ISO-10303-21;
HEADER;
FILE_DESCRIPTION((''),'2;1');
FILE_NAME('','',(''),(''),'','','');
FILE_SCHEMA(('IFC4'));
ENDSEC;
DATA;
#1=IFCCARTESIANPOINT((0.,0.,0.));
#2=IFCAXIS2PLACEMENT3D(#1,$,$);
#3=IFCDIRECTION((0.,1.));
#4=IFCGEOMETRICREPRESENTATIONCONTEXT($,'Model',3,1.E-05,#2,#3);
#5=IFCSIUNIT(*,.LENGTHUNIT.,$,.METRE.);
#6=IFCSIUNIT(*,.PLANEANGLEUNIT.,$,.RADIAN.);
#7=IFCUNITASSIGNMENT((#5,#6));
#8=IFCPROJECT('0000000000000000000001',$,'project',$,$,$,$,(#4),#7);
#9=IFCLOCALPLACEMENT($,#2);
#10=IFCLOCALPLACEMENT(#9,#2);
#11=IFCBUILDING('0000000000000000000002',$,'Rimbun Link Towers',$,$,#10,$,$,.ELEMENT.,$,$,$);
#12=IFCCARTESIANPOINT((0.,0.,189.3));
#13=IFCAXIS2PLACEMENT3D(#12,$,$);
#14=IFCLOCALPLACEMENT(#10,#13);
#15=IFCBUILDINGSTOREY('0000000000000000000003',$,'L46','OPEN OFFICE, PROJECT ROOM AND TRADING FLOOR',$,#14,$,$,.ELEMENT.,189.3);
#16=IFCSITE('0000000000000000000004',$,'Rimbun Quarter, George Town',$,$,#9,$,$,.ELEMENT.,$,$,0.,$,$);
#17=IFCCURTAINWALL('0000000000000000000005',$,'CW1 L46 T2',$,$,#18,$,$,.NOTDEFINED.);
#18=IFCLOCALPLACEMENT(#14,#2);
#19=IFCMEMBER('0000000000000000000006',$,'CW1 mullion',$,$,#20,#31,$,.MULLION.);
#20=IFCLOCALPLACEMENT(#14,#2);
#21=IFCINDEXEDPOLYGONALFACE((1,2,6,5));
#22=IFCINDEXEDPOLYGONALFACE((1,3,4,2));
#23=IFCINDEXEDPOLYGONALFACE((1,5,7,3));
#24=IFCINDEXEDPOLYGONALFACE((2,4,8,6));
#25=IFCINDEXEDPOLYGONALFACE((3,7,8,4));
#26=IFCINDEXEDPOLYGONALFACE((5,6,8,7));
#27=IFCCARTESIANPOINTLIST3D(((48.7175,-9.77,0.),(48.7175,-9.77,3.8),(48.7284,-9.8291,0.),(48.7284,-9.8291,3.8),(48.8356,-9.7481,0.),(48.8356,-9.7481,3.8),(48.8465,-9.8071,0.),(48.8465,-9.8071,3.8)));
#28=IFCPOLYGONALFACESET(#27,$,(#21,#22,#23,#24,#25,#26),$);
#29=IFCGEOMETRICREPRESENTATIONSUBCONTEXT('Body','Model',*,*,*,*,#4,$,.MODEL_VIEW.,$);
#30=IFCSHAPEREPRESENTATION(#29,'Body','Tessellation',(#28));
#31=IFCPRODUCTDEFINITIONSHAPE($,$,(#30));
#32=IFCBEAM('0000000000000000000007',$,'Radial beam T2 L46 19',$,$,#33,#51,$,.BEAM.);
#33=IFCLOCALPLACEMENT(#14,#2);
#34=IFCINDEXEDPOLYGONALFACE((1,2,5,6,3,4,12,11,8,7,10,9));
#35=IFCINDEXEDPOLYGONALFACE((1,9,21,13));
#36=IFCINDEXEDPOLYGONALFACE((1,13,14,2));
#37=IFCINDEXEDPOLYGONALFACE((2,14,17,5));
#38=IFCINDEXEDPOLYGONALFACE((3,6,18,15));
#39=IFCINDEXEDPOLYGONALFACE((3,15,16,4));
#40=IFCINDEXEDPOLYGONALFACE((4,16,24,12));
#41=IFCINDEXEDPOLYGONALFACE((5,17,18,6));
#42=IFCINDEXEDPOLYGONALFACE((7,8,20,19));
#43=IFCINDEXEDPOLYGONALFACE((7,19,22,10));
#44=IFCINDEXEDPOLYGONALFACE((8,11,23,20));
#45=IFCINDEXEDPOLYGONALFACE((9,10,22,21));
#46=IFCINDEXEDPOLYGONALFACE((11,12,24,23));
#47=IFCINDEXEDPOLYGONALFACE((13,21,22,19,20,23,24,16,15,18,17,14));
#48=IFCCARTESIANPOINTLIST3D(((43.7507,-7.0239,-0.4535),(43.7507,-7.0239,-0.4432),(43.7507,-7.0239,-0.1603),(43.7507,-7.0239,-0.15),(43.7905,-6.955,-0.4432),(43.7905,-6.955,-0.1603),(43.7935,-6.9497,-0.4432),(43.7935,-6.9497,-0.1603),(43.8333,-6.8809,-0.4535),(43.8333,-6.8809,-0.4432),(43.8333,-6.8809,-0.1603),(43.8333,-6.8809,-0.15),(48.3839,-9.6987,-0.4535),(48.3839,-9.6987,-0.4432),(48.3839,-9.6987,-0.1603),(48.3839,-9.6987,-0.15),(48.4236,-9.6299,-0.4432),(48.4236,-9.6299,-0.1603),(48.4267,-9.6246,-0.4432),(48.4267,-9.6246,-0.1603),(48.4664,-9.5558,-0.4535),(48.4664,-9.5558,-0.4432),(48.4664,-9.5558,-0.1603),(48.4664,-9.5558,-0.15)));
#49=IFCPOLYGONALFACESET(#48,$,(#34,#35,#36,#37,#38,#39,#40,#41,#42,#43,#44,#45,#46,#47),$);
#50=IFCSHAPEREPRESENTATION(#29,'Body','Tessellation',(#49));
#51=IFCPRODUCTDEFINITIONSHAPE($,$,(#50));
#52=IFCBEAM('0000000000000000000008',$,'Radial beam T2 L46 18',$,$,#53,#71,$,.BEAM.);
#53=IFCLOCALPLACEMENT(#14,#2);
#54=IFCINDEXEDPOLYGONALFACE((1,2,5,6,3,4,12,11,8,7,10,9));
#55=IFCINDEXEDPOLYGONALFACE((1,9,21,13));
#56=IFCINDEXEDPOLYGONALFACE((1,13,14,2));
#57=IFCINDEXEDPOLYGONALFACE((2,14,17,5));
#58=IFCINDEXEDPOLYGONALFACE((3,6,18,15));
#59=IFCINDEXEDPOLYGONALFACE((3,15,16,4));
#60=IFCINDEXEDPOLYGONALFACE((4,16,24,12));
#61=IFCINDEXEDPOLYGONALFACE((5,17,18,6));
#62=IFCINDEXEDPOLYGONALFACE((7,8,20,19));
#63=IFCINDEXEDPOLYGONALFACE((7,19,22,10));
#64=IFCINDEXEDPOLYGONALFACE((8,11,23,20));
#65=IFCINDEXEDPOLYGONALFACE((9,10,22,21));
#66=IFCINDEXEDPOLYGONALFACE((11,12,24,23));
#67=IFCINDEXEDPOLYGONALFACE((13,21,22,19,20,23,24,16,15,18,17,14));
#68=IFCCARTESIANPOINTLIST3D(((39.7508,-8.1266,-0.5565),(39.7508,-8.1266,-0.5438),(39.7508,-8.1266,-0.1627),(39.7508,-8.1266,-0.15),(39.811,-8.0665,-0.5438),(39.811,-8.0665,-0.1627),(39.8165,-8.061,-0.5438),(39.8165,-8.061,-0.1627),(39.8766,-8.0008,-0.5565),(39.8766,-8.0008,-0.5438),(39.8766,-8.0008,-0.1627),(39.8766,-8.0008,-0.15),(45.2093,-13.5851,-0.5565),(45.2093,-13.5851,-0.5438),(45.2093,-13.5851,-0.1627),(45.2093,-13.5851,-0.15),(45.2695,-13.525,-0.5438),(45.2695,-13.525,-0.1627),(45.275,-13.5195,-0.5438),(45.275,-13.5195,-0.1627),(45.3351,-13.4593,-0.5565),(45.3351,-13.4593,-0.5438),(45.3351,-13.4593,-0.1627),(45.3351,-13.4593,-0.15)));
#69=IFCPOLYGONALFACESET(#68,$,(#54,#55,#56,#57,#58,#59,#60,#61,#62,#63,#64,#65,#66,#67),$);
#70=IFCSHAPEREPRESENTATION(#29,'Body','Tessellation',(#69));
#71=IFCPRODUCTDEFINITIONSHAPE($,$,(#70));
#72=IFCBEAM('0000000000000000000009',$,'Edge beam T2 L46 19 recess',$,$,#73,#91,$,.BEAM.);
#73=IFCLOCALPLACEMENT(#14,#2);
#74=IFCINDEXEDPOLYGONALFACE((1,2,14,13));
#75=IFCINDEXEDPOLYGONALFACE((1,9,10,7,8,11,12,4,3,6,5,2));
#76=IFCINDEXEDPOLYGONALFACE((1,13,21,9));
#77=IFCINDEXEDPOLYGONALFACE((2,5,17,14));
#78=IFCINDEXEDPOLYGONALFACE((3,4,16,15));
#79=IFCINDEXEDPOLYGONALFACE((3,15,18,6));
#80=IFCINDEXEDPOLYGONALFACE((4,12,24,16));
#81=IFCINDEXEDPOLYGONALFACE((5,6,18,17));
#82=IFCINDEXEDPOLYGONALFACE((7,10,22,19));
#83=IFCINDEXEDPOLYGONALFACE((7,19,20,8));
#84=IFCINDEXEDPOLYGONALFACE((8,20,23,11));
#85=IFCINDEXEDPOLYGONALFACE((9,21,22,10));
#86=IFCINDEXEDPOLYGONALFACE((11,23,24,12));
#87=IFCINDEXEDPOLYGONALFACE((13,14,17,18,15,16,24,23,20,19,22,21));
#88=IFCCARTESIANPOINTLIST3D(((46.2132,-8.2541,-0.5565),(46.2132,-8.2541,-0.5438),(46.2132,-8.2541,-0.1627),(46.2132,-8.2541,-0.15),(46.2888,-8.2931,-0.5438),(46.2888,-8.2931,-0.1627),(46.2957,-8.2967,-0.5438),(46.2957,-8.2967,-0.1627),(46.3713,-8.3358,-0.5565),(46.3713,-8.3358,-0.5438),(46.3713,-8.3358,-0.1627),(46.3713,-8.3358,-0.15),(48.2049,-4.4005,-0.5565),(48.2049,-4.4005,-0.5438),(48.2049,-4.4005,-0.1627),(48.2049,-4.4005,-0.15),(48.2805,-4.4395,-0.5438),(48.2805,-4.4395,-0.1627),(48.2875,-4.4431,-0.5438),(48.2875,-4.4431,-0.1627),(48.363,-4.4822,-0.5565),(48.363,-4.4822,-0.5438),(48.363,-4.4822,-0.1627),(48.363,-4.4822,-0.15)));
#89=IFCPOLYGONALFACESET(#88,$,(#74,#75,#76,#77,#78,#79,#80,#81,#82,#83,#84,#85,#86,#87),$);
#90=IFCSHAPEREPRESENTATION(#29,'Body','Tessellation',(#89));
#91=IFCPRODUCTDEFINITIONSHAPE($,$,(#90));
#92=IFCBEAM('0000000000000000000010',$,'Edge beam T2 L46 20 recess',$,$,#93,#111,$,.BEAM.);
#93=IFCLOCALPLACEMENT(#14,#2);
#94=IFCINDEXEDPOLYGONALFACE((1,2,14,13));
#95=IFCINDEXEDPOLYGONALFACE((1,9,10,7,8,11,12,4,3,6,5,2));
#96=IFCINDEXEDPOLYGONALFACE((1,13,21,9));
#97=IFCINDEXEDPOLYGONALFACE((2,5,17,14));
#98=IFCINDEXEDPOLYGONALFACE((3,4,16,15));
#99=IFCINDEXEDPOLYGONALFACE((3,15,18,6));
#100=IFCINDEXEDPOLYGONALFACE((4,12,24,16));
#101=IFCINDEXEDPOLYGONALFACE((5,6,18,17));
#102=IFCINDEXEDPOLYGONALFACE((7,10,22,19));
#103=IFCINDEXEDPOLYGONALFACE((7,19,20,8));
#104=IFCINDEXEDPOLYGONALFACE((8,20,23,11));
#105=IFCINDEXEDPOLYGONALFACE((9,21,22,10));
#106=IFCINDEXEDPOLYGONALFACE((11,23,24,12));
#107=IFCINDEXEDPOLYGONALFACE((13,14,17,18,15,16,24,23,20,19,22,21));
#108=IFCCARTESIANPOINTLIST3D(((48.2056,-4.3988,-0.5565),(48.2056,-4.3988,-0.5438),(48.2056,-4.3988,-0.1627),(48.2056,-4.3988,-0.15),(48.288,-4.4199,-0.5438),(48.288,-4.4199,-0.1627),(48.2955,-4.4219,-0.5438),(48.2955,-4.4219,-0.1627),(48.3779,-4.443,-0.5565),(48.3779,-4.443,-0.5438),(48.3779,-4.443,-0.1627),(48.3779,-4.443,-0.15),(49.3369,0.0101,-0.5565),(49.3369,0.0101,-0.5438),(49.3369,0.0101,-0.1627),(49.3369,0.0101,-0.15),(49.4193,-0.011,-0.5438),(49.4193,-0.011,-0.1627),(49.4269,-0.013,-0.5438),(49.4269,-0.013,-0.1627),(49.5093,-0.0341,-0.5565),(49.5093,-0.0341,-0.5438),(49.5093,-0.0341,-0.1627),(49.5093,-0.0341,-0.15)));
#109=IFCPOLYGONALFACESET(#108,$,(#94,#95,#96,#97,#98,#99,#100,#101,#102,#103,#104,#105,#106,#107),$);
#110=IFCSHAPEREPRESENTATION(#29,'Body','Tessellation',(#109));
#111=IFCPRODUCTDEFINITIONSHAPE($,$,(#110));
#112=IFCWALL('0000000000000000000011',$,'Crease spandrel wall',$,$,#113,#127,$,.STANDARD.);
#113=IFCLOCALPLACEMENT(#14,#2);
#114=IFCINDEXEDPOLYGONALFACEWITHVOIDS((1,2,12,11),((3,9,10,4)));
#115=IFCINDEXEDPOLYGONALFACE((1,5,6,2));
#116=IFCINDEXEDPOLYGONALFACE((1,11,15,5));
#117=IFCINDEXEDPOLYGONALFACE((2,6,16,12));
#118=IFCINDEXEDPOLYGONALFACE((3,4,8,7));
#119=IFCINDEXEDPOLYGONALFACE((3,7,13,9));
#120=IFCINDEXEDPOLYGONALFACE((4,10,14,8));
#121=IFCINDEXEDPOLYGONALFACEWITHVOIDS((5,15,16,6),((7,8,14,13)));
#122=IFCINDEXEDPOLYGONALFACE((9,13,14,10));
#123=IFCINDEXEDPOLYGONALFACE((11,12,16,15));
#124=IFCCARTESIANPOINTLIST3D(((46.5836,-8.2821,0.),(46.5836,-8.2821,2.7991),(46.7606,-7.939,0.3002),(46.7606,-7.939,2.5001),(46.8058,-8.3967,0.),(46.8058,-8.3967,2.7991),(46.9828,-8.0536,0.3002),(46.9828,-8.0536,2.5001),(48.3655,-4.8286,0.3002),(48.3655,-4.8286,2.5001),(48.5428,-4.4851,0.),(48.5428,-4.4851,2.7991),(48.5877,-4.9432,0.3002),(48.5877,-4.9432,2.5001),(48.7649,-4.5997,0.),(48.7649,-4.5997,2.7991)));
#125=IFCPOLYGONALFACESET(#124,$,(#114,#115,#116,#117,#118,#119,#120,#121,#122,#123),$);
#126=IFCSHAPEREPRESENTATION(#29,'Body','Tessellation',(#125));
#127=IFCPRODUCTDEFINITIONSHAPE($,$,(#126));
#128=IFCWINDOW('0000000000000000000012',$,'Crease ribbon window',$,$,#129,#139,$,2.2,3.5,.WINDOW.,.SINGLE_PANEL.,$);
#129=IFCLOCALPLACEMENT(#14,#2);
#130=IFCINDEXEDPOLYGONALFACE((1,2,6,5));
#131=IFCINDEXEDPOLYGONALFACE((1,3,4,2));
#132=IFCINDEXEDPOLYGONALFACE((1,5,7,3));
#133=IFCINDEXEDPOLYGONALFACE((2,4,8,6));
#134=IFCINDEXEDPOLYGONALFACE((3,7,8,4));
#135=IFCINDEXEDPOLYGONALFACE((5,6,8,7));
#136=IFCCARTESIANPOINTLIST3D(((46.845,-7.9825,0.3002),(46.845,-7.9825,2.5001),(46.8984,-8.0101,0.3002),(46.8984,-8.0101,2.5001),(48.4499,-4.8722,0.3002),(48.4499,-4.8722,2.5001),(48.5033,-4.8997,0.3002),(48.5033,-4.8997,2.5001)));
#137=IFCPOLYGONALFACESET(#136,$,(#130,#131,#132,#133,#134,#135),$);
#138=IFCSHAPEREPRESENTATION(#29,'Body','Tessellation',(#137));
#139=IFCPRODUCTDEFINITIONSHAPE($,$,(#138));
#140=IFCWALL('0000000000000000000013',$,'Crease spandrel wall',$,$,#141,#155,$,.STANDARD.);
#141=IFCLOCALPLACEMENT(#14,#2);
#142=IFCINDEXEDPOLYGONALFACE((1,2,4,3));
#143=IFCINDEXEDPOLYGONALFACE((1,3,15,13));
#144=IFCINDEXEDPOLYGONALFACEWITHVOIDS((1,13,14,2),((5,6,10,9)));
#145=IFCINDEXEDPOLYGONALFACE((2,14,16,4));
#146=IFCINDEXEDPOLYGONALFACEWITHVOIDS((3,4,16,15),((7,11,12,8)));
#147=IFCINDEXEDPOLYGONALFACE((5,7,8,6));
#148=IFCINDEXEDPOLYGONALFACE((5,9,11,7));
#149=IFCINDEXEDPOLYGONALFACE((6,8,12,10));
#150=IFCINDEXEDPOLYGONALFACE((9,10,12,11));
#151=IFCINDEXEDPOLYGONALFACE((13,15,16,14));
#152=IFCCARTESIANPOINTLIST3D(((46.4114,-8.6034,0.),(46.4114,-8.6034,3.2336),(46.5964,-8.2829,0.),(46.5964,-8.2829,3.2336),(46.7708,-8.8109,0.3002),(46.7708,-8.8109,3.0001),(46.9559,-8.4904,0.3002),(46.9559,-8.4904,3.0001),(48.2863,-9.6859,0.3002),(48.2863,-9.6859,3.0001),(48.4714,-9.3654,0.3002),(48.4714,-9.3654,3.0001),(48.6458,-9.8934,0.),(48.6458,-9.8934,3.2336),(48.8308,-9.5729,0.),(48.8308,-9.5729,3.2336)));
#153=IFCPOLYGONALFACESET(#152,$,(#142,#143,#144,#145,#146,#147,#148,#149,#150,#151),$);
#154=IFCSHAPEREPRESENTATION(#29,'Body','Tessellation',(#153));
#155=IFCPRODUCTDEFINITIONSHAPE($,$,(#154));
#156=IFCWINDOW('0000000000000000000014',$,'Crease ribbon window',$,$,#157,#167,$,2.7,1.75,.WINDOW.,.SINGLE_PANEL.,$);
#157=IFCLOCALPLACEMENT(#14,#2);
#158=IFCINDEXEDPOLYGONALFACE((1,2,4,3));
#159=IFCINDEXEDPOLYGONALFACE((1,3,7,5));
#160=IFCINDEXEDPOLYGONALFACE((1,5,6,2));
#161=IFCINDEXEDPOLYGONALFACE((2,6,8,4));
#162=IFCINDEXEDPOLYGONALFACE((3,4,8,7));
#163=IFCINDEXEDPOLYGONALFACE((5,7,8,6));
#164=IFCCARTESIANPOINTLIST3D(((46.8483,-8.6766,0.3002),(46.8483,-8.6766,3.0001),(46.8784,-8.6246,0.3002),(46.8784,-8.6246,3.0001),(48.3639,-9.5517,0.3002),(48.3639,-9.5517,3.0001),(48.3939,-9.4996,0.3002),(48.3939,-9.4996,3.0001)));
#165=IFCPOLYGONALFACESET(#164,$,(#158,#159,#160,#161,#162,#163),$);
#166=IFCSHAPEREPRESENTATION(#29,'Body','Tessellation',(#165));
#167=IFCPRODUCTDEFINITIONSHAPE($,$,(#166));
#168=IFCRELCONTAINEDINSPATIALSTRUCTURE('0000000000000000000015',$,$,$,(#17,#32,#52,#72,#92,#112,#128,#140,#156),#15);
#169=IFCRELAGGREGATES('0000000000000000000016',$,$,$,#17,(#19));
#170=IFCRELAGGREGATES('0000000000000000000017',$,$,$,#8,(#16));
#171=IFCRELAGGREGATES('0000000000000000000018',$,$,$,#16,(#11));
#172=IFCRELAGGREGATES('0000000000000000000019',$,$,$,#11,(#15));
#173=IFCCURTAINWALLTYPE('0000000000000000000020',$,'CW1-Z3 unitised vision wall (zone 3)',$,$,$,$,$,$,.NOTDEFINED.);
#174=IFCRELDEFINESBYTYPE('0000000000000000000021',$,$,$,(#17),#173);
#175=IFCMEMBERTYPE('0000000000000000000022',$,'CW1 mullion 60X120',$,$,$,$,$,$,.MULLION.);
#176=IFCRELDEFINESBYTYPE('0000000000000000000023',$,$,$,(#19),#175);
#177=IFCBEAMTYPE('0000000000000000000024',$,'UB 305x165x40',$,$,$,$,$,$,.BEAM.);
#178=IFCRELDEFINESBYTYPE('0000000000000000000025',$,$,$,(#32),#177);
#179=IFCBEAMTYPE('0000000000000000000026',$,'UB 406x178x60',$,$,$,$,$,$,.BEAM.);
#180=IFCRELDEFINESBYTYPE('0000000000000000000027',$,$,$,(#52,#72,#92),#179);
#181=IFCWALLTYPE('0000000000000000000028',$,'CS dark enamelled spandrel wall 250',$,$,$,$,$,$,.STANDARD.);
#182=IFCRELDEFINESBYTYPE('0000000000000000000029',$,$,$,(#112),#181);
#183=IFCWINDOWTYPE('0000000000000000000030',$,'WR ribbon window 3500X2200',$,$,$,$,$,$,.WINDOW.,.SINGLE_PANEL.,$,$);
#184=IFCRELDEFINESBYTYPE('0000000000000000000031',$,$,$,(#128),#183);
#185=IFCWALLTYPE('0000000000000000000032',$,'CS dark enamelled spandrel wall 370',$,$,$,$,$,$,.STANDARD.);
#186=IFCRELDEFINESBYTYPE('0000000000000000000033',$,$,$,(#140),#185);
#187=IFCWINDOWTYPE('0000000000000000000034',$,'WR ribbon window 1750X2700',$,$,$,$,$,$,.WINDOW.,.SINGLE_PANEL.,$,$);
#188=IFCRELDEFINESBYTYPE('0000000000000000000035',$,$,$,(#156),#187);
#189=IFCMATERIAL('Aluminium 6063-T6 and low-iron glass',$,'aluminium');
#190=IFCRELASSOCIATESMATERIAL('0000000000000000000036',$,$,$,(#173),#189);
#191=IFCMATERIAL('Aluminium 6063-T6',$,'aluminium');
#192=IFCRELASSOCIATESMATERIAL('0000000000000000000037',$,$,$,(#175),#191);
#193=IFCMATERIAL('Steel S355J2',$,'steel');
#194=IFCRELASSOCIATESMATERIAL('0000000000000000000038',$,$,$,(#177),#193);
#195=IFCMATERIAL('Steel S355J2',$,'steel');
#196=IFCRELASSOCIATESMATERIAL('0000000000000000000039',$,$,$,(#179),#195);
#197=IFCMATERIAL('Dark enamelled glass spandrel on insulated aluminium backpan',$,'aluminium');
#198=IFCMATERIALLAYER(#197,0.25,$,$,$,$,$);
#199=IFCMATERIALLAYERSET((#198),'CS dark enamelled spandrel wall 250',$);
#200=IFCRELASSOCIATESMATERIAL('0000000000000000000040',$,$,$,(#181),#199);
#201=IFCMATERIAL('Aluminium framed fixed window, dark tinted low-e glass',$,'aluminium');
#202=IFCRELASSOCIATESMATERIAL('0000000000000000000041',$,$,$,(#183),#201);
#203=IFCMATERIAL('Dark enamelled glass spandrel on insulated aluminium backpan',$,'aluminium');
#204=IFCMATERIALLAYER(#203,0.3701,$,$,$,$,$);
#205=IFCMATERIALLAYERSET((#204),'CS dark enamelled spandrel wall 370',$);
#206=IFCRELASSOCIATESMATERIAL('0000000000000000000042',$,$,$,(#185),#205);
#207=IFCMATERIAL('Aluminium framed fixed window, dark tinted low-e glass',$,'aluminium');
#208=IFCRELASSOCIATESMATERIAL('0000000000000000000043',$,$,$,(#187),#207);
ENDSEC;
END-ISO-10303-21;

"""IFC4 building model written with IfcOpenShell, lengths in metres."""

from ifc_helpers import new_model, si_unit, direction, frame, frame_2d, origin, origin_2d, place, context, subcontext, project, spatial, rectangle, i_section, extrude, material, layer, layer_set, material_profile, profile_set, type_object, element, fill, aggregate, save


model = new_model("IFC4")

# Units and contexts
model_context = context("Model", 3, precision=1e-05, world=origin(), true_north=direction((0.0, 1.0)))
body_context = subcontext(model_context, "Body", "Model", "MODEL_VIEW")
ifc_project = project(units=[si_unit("LENGTHUNIT", "METRE"), si_unit("PLANEANGLEUNIT", "RADIAN")], contexts=[model_context])

# Site, building, storey
site_placement = place(None, origin())
site = spatial("IfcSite", under=ifc_project, at=site_placement, Name="Rimbun Quarter, George Town", CompositionType="ELEMENT", RefElevation=0.0)
building_placement = place(site_placement, origin())
building = spatial("IfcBuilding", under=site, at=building_placement, Name="Rimbun Link Towers", CompositionType="ELEMENT")
storey_placement = place(building_placement, frame((0.0, 0.0, 189.3)))
storey = spatial("IfcBuildingStorey", under=building, at=storey_placement, Name="L46", Description="OPEN OFFICE, PROJECT ROOM AND TRADING FLOOR", CompositionType="ELEMENT", Elevation=189.3)

# Curtain wall, member
ifc_material_1 = material(Name="Aluminium 6063-T6 and low-iron glass", Category="aluminium")
curtain_wall_type = type_object("IfcCurtainWallType", Name="CW1-Z3 unitised vision wall (zone 3)", PredefinedType="NOTDEFINED", material=ifc_material_1)
curtain_wall_placement = place(storey_placement, origin())
curtain_wall = element("IfcCurtainWall", 1, at=curtain_wall_placement, inside=storey, type_object=curtain_wall_type, Name="CW1 L46 T2", PredefinedType="NOTDEFINED")
ifc_material_2 = material(Name="Aluminium 6063-T6", Category="aluminium")
ifc_material_profile_1 = material_profile(ifc_material_2, rectangle(XDim=0.1201, YDim=0.0601, at=origin_2d()), Name="MULLION 60X120")
ifc_profile_set_1 = profile_set([ifc_material_profile_1], Name="Aluminium 6063-T6")
member_type = type_object("IfcMemberType", Name="CW1 mullion 60X120", PredefinedType="MULLION", material=ifc_profile_set_1)
member_placement = place(storey_placement, frame((48.782, -9.7886, 0.0), z_axis=(0.0, 0.0, 1.0), x_axis=(0.983236, 0.182339, 0.0)))
member = element("IfcMember", 2, at=member_placement, type_object=member_type, Name="CW1 mullion", PredefinedType="MULLION", context=body_context, shape_type="SweptSolid", body=[
    extrude(rectangle(XDim=0.1201, YDim=0.0601, at=origin_2d()), origin(), (0.0, 0.0, 1.0), 3.8),
])
aggregate(curtain_wall, [member])

# Beams
ifc_material_3 = material(Name="Steel S355J2", Category="steel")
ifc_material_profile_2 = material_profile(ifc_material_3, i_section(OverallWidth=0.165, OverallDepth=0.3035, WebThickness=0.0061, FlangeThickness=0.0103, at=origin_2d()), Name="UB 305x165x40")
ifc_profile_set_2 = profile_set([ifc_material_profile_2], Name="Steel S355J2")
beam_type_1 = type_object("IfcBeamType", Name="UB 305x165x40", PredefinedType="BEAM", material=ifc_profile_set_2)
beam_1_placement = place(storey_placement, frame((43.792, -6.9524, -0.3018), z_axis=(0.866033, -0.499987, 0.0), x_axis=(0.499987, 0.866033, 0.0)))
element("IfcBeam", 3, at=beam_1_placement, inside=storey, type_object=beam_type_1, Name="Radial beam T2 L46 19", PredefinedType="BEAM", context=body_context, shape_type="SweptSolid", body=[
    extrude(i_section(OverallWidth=0.165, OverallDepth=0.3035, WebThickness=0.0061, FlangeThickness=0.0103, at=origin_2d()), origin(), (0.0, 0.0, 1.0), 5.3499),
])
ifc_material_4 = material(Name="Steel S355J2", Category="steel")
ifc_material_profile_3 = material_profile(ifc_material_4, i_section(OverallWidth=0.178, OverallDepth=0.4065, WebThickness=0.0078, FlangeThickness=0.0127, at=origin_2d()), Name="UB 406x178x60")
ifc_profile_set_3 = profile_set([ifc_material_profile_3], Name="Steel S355J2")
beam_type_2 = type_object("IfcBeamType", Name="UB 406x178x60", PredefinedType="BEAM", material=ifc_profile_set_3)
beam_2_placement = place(storey_placement, frame((39.8137, -8.0637, -0.3533), z_axis=(0.707107, -0.707107, 0.0), x_axis=(0.707107, 0.707107, 0.0)))
element("IfcBeam", 4, at=beam_2_placement, inside=storey, type_object=beam_type_2, Name="Radial beam T2 L46 18", PredefinedType="BEAM", context=body_context, shape_type="SweptSolid", body=[
    extrude(i_section(OverallWidth=0.178, OverallDepth=0.4065, WebThickness=0.0078, FlangeThickness=0.0127, at=origin_2d()), origin(), (0.0, 0.0, 1.0), 7.7195),
])
beam_3_placement = place(storey_placement, frame((46.2922, -8.2949, -0.3533), z_axis=(0.45915, 0.888359, 0.0), x_axis=(-0.888359, 0.45915, 0.0)))
element("IfcBeam", 5, at=beam_3_placement, inside=storey, type_object=beam_type_2, Name="Edge beam T2 L46 19 recess", PredefinedType="BEAM", context=body_context, shape_type="SweptSolid", body=[
    extrude(i_section(OverallWidth=0.178, OverallDepth=0.4065, WebThickness=0.0078, FlangeThickness=0.0127, at=origin_2d()), origin(), (0.0, 0.0, 1.0), 4.3379),
])
beam_4_placement = place(storey_placement, frame((48.2917, -4.4209, -0.3533), z_axis=(0.248551, 0.968619, 0.0), x_axis=(-0.968619, 0.248551, 0.0)))
element("IfcBeam", 6, at=beam_4_placement, inside=storey, type_object=beam_type_2, Name="Edge beam T2 L46 20 recess", PredefinedType="BEAM", context=body_context, shape_type="SweptSolid", body=[
    extrude(i_section(OverallWidth=0.178, OverallDepth=0.4065, WebThickness=0.0078, FlangeThickness=0.0127, at=origin_2d()), origin(), (0.0, 0.0, 1.0), 4.5518),
])

# Walls, openings, windows
ifc_material_5 = material(Name="Dark enamelled glass spandrel on insulated aluminium backpan", Category="aluminium")
ifc_layer_1 = layer(ifc_material_5, 0.25)
ifc_layer_set_1 = layer_set([ifc_layer_1], Name="CS dark enamelled spandrel wall 250")
wall_type_1 = type_object("IfcWallType", Name="CS dark enamelled spandrel wall 250", PredefinedType="STANDARD", material=ifc_layer_set_1)
wall_1_placement = place(storey_placement, frame((48.6538, -4.5425, 0.0), z_axis=(0.0, 0.0, 1.0), x_axis=(-0.458537, -0.888675, 0.0)))
wall_1 = element("IfcWall", 7, at=wall_1_placement, inside=storey, type_object=wall_type_1, Name="Crease spandrel wall", PredefinedType="STANDARD", context=body_context, shape_type="SweptSolid", body=[
    extrude(rectangle(XDim=4.2727, YDim=0.25, at=frame_2d((2.1362, 0.0))), origin(), (0.0, 0.0, 1.0), 2.7991),
])
opening_1_placement = place(wall_1_placement, frame((0.3865, 0.0, 0.3)))
opening_1 = element("IfcOpeningElement", 8, at=opening_1_placement, cuts=wall_1, PredefinedType="OPENING", context=body_context, shape_type="SweptSolid", body=[
    extrude(rectangle(XDim=3.5, YDim=2.2, at=frame_2d((1.75, 1.1001))), frame((0.0, 0.135, 0.0), z_axis=(0.0, -1.0, 0.0), x_axis=(1.0, 0.0, 0.0)), (0.0, 0.0, 1.0), 0.27),
])
ifc_material_6 = material(Name="Aluminium framed fixed window, dark tinted low-e glass", Category="aluminium")
window_type_1 = type_object("IfcWindowType", Name="WR ribbon window 3500X2200", PartitioningType="SINGLE_PANEL", PredefinedType="WINDOW", material=ifc_material_6)
window_1_placement = place(opening_1_placement, origin())
window_1 = element("IfcWindow", 9, at=window_1_placement, inside=storey, type_object=window_type_1, Name="Crease ribbon window", OverallHeight=2.2, OverallWidth=3.5, PartitioningType="SINGLE_PANEL", PredefinedType="WINDOW", context=body_context, shape_type="SweptSolid", body=[
    extrude(rectangle(XDim=3.5, YDim=2.2, at=frame_2d((1.75, 1.1001))), frame((0.0, 0.03, 0.0), z_axis=(0.0, -1.0, 0.0), x_axis=(1.0, 0.0, 0.0)), (0.0, 0.0, 1.0), 0.0601),
])
fill(opening_1, window_1)
ifc_material_7 = material(Name="Dark enamelled glass spandrel on insulated aluminium backpan", Category="aluminium")
ifc_layer_2 = layer(ifc_material_7, 0.3701)
ifc_layer_set_2 = layer_set([ifc_layer_2], Name="CS dark enamelled spandrel wall 370")
wall_type_2 = type_object("IfcWallType", Name="CS dark enamelled spandrel wall 370", PredefinedType="STANDARD", material=ifc_layer_set_2)
wall_2_placement = place(storey_placement, frame((46.5039, -8.4431, 0.0), z_axis=(0.0, 0.0, 1.0), x_axis=(0.866022, -0.500006, 0.0)))
wall_2 = element("IfcWall", 10, at=wall_2_placement, inside=storey, type_object=wall_type_2, Name="Crease spandrel wall", PredefinedType="STANDARD", context=body_context, shape_type="SweptSolid", body=[
    extrude(rectangle(XDim=2.5801, YDim=0.3701, at=frame_2d((1.29, 0.0))), origin(), (0.0, 0.0, 1.0), 3.2336),
])
opening_2_placement = place(wall_2_placement, frame((0.415, 0.0, 0.3)))
opening_2 = element("IfcOpeningElement", 11, at=opening_2_placement, cuts=wall_2, PredefinedType="OPENING", context=body_context, shape_type="SweptSolid", body=[
    extrude(rectangle(XDim=1.75, YDim=2.7, at=frame_2d((0.875, 1.3501))), frame((0.0, 0.1951, 0.0), z_axis=(0.0, -1.0, 0.0), x_axis=(1.0, 0.0, 0.0)), (0.0, 0.0, 1.0), 0.3901),
])
ifc_material_8 = material(Name="Aluminium framed fixed window, dark tinted low-e glass", Category="aluminium")
window_type_2 = type_object("IfcWindowType", Name="WR ribbon window 1750X2700", PartitioningType="SINGLE_PANEL", PredefinedType="WINDOW", material=ifc_material_8)
window_2_placement = place(opening_2_placement, origin())
window_2 = element("IfcWindow", 12, at=window_2_placement, inside=storey, type_object=window_type_2, Name="Crease ribbon window", OverallHeight=2.7, OverallWidth=1.75, PartitioningType="SINGLE_PANEL", PredefinedType="WINDOW", context=body_context, shape_type="SweptSolid", body=[
    extrude(rectangle(XDim=1.75, YDim=2.7, at=frame_2d((0.875, 1.3501))), frame((0.0, 0.03, 0.0), z_axis=(0.0, -1.0, 0.0), x_axis=(1.0, 0.0, 0.0)), (0.0, 0.0, 1.0), 0.0601),
])
fill(opening_2, window_2)

save(model, "model.ifc")
